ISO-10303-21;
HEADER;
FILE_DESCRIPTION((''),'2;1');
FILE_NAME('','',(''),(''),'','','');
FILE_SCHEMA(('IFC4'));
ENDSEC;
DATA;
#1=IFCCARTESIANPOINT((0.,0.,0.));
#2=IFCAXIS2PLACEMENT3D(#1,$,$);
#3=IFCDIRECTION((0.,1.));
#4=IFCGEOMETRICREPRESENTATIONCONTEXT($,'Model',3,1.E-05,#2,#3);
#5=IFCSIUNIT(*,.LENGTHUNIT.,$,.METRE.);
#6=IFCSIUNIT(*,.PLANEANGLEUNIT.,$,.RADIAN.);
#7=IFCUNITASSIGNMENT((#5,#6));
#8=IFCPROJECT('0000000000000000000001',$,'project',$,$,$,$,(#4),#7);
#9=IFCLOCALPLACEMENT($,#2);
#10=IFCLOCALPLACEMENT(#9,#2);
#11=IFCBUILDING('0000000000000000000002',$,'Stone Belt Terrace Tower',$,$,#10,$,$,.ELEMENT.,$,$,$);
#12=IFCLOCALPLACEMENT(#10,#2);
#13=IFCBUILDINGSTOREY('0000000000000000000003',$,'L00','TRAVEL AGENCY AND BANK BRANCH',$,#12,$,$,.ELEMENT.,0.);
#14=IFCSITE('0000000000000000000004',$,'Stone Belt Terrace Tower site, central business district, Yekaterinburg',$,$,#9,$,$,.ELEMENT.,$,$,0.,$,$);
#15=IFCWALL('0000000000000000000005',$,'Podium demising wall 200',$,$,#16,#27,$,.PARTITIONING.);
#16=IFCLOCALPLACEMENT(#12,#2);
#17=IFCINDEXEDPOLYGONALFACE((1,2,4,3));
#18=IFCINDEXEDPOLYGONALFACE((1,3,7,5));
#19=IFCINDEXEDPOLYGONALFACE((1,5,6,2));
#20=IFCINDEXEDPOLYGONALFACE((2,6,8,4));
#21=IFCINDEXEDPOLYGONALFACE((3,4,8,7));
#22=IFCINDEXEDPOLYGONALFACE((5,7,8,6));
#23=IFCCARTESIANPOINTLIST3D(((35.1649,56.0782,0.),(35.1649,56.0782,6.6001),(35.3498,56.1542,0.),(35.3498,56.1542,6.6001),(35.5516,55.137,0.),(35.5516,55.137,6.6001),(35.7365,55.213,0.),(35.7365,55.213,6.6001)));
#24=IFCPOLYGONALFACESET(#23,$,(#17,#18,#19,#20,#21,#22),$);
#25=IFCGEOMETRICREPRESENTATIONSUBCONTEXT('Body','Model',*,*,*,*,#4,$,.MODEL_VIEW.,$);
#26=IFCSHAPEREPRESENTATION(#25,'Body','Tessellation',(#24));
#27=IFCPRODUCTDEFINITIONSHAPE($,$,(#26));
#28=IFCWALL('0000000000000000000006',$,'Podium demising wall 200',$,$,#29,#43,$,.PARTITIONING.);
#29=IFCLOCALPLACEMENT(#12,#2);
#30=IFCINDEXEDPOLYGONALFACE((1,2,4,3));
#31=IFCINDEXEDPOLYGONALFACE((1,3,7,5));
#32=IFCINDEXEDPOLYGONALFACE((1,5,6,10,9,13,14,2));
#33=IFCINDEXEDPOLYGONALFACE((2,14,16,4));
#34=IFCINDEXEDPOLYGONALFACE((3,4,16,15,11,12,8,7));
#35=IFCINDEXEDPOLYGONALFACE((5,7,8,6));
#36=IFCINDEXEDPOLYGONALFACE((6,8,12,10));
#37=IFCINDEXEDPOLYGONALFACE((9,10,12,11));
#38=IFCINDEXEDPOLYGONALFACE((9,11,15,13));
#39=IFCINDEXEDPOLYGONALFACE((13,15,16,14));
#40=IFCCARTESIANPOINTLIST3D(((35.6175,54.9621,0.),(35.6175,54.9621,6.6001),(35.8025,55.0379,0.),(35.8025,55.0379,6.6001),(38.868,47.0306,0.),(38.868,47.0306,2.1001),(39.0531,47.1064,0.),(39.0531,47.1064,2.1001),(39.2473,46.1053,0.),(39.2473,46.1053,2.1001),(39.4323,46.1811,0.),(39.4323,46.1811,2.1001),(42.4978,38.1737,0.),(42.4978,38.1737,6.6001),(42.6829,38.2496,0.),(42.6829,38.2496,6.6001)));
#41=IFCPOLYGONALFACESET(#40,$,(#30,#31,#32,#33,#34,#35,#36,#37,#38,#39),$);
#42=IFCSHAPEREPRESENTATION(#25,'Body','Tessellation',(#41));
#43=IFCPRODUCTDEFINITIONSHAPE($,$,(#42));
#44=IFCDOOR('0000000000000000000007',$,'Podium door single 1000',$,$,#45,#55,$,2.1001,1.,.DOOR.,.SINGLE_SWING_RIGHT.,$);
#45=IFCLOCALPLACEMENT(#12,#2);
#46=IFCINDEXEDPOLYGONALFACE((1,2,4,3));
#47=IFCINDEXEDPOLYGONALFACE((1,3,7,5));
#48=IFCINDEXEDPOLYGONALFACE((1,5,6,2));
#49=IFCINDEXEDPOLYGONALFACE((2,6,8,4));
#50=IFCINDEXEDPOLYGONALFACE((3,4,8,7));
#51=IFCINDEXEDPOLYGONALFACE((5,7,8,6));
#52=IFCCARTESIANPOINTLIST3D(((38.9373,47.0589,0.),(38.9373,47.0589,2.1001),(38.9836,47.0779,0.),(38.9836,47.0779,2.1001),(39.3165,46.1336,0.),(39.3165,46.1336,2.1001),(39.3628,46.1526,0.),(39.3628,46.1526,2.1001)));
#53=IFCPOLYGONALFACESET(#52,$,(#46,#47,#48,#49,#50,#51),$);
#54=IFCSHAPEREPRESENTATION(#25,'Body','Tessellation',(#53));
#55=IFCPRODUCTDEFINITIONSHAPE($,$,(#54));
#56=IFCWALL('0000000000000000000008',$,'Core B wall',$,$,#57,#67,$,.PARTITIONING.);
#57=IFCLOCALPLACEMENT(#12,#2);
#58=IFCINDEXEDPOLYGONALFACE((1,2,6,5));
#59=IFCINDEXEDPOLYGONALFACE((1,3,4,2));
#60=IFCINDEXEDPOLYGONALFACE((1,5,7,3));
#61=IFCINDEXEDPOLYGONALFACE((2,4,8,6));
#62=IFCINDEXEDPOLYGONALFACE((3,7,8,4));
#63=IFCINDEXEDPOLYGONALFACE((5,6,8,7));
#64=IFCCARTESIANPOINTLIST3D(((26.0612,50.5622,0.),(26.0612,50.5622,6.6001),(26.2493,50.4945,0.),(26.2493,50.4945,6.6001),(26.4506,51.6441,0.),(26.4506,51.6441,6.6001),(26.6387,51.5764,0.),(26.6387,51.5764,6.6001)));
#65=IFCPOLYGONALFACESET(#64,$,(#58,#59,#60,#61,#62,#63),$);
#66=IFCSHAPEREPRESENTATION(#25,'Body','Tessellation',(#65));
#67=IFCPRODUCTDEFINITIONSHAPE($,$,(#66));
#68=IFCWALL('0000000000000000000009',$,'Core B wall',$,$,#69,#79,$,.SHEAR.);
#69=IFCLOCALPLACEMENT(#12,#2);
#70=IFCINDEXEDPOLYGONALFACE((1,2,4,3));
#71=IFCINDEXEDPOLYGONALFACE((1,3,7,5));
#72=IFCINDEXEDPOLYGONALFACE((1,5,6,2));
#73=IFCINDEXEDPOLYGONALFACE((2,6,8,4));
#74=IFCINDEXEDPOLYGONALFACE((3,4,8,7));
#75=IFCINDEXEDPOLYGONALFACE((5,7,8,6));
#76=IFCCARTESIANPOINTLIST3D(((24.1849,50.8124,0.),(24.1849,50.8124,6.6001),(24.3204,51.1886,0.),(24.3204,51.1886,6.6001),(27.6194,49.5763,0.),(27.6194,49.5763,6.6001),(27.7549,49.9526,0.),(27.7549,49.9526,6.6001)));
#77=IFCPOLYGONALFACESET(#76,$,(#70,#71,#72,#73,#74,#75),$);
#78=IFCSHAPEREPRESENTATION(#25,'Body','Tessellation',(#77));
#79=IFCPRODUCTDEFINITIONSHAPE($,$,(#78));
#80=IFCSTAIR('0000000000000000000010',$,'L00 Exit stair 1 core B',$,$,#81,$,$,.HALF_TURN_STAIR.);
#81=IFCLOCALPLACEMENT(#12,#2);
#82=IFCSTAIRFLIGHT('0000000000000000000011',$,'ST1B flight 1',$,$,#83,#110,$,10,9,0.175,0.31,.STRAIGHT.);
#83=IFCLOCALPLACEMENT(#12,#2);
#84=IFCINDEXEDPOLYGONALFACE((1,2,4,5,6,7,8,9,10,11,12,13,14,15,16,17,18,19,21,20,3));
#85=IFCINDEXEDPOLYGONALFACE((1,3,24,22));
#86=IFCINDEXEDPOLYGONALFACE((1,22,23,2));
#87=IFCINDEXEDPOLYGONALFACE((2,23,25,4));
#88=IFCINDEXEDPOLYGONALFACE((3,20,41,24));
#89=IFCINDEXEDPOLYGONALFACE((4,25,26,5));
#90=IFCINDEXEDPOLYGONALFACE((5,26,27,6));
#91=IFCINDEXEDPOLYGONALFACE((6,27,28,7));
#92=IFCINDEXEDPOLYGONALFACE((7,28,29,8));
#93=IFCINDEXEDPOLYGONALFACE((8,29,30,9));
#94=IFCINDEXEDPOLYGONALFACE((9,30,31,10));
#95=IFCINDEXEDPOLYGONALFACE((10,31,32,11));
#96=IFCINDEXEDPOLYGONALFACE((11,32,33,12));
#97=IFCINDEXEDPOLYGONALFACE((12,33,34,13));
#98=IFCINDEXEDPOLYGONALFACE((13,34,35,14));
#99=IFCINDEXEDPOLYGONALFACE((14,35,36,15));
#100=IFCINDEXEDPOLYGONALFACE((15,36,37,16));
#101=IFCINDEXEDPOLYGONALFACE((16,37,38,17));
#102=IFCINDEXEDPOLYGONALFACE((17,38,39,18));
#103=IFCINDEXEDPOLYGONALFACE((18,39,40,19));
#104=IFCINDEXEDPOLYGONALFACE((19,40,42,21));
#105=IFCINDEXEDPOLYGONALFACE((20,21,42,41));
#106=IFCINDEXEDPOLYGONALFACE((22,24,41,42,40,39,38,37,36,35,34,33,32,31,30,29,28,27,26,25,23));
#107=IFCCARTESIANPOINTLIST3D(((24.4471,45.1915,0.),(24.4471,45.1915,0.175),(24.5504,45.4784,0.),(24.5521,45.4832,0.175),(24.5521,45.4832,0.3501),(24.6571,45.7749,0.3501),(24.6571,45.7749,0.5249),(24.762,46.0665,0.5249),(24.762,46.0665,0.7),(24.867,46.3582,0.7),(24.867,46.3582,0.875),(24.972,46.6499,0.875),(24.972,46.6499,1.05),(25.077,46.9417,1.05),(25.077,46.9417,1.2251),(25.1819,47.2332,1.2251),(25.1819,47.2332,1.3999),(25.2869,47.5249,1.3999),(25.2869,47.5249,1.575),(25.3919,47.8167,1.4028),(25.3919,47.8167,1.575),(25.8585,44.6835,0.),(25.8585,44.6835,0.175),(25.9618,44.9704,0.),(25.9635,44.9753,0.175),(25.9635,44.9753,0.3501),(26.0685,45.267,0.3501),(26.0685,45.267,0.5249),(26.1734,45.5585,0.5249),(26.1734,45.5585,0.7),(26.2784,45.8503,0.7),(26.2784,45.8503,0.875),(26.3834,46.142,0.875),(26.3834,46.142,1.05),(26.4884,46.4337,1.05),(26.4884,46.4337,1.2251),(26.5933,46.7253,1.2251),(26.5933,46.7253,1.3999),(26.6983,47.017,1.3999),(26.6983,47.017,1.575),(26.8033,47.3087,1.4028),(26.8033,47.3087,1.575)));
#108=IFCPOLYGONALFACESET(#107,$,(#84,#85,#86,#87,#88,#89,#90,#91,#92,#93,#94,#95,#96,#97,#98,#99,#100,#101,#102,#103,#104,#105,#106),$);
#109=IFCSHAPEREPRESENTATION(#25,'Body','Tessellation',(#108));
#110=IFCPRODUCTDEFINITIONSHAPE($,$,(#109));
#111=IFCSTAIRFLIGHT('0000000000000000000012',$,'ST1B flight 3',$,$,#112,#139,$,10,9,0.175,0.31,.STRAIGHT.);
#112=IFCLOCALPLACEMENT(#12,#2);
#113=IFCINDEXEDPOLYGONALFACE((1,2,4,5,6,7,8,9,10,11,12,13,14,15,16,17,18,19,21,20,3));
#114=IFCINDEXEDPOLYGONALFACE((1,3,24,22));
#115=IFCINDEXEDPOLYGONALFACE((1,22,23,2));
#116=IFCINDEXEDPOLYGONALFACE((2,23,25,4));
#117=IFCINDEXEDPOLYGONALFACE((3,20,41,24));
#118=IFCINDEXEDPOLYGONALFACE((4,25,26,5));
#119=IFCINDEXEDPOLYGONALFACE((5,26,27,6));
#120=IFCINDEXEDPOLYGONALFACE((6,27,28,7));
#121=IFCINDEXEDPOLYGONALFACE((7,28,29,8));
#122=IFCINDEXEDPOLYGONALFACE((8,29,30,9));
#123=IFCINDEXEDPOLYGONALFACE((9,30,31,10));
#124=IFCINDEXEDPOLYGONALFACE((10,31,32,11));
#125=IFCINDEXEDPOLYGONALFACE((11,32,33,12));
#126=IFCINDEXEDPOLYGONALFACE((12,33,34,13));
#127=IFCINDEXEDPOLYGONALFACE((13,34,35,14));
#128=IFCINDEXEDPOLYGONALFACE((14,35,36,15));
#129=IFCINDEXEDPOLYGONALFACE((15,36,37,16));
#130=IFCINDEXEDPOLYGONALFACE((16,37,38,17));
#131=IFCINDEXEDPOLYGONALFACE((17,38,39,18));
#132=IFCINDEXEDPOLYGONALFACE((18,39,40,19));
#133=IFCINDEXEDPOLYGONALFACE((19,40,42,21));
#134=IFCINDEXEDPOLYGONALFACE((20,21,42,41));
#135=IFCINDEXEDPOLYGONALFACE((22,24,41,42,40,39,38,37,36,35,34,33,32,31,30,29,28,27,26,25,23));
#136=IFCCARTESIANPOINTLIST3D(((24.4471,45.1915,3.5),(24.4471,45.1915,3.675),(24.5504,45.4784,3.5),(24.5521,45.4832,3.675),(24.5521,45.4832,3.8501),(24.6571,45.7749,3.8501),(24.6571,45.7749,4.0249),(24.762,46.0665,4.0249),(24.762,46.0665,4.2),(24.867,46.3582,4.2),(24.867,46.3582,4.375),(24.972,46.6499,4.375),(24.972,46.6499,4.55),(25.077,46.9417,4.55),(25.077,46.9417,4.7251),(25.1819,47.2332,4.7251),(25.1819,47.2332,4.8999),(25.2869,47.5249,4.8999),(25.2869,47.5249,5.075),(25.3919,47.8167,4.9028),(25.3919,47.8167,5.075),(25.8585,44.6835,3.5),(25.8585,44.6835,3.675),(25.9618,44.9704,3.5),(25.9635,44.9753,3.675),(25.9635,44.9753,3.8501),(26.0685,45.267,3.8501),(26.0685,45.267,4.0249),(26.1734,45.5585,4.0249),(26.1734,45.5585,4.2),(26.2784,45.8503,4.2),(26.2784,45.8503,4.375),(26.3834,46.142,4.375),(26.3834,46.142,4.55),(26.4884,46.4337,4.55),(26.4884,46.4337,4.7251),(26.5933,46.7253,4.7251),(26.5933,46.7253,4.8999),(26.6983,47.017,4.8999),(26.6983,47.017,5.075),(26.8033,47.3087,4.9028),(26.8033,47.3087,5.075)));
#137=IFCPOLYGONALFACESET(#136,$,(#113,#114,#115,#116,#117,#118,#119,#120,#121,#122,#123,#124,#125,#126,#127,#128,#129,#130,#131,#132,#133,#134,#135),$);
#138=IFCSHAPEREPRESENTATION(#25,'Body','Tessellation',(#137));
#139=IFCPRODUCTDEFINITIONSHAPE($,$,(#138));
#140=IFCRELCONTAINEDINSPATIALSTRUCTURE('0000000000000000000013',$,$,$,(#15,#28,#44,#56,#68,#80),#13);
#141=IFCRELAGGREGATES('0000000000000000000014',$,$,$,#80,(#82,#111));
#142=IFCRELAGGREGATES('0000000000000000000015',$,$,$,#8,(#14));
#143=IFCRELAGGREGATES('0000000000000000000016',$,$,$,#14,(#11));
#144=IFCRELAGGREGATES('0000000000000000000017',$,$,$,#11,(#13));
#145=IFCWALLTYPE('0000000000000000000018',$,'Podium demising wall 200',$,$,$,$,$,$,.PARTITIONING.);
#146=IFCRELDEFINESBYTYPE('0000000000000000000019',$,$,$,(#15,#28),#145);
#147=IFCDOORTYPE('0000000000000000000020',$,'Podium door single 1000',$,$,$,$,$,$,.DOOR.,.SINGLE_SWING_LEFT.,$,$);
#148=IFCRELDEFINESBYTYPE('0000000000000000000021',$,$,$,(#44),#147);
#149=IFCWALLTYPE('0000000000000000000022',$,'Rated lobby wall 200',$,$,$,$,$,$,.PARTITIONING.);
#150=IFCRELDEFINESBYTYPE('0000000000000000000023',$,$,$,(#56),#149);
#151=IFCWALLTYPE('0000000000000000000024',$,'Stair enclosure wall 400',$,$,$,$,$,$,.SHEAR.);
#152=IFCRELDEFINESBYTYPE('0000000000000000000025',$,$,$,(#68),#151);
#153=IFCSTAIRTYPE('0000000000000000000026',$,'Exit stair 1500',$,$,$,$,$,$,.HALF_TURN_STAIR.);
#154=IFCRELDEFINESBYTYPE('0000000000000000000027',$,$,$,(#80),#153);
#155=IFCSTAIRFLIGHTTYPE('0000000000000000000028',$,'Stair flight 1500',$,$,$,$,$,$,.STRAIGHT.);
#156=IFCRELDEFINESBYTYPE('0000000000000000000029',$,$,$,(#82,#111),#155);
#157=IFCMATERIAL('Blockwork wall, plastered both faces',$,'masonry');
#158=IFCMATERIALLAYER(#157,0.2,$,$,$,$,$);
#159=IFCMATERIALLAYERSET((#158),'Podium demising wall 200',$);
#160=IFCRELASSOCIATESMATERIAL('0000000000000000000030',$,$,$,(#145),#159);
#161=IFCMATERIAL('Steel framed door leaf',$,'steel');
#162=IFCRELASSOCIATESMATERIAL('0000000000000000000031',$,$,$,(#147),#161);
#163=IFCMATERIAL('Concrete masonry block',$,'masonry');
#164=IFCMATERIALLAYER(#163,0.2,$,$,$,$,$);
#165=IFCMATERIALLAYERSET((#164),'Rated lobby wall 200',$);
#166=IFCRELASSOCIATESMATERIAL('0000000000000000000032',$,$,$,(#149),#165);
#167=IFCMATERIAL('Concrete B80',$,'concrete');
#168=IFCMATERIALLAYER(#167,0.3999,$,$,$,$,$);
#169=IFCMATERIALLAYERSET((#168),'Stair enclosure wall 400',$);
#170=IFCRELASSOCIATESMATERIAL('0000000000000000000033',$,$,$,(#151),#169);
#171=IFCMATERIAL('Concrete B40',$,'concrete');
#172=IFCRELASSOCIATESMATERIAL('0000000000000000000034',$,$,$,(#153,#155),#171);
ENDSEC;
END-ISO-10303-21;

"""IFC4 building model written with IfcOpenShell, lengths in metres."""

from ifc_helpers import new_model, si_unit, direction, frame, frame_2d, origin, place, context, subcontext, project, spatial, polyline, rectangle, outline, extrude, material, layer, layer_set, type_object, element, fill, aggregate, save


model = new_model("IFC4")

# Units and contexts
model_context = context("Model", 3, precision=1e-05, world=origin(), true_north=direction((0.0, 1.0)))
body_context = subcontext(model_context, "Body", "Model", "MODEL_VIEW")
ifc_project = project(units=[si_unit("LENGTHUNIT", "METRE"), si_unit("PLANEANGLEUNIT", "RADIAN")], contexts=[model_context])

# Site, building, storey
site_placement = place(None, origin())
site = spatial("IfcSite", under=ifc_project, at=site_placement, Name="Stone Belt Terrace Tower site, central business district, Yekaterinburg", CompositionType="ELEMENT", RefElevation=0.0)
building_placement = place(site_placement, origin())
building = spatial("IfcBuilding", under=site, at=building_placement, Name="Stone Belt Terrace Tower", CompositionType="ELEMENT")
storey_placement = place(building_placement, origin())
storey = spatial("IfcBuildingStorey", under=building, at=storey_placement, Name="L00", Description="TRAVEL AGENCY AND BANK BRANCH", CompositionType="ELEMENT", Elevation=0.0)

# Shared definitions
ifc_material_1 = material(Name="Concrete B80", Category="concrete")

# Shared definitions
ifc_material_2 = material(Name="Blockwork wall, plastered both faces", Category="masonry")
ifc_layer_1 = layer(ifc_material_2, 0.2)
ifc_layer_set_1 = layer_set([ifc_layer_1], Name="Podium demising wall 200")
wall_type_1 = type_object("IfcWallType", Name="Podium demising wall 200", PredefinedType="PARTITIONING", material=ifc_layer_set_1)
ifc_material_3 = material(Name="Steel framed door leaf", Category="steel")
door_type_1 = type_object("IfcDoorType", Name="Podium door single 1000", OperationType="SINGLE_SWING_LEFT", PredefinedType="DOOR", material=ifc_material_3)

# Wall
wall_1_placement = place(storey_placement, frame((35.2573, 56.1162, 0.0), z_axis=(0.0, 0.0, 1.0), x_axis=(0.380062, -0.924961, 0.0)))
element("IfcWall", 1, at=wall_1_placement, inside=storey, type_object=wall_type_1, Name="Podium demising wall 200", PredefinedType="PARTITIONING", context=body_context, shape_type="SweptSolid", body=[
    extrude(rectangle(XDim=1.0176, YDim=0.2, at=frame_2d((0.5088, 0.0))), origin(), (0.0, 0.0, 1.0), 6.6001),
])

# Wall, opening, door
wall_2_placement = place(storey_placement, frame((35.71, 55.0, 0.0), z_axis=(0.0, 0.0, 1.0), x_axis=(0.379219, -0.925307, 0.0)))
wall_2 = element("IfcWall", 2, at=wall_2_placement, inside=storey, type_object=wall_type_1, Name="Podium demising wall 200", PredefinedType="PARTITIONING", context=body_context, shape_type="SweptSolid", body=[
    extrude(rectangle(XDim=18.1436, YDim=0.2, at=frame_2d((9.0718, 0.0))), origin(), (0.0, 0.0, 1.0), 6.6001),
])
opening_1_placement = place(wall_2_placement, frame((8.5718, 0.0, 0.0)))
opening_1 = element("IfcOpeningElement", 3, at=opening_1_placement, cuts=wall_2, PredefinedType="OPENING", context=body_context, shape_type="SweptSolid", body=[
    extrude(rectangle(XDim=1.0, YDim=2.1001, at=frame_2d((0.5, 1.05))), frame((0.0, 0.1099, 0.0), z_axis=(0.0, -1.0, 0.0), x_axis=(1.0, 0.0, 0.0)), (0.0, 0.0, 1.0), 0.22),
])
door_1_placement = place(opening_1_placement, origin())
door_1 = element("IfcDoor", 4, at=door_1_placement, inside=storey, type_object=door_type_1, Name="Podium door single 1000", OperationType="SINGLE_SWING_RIGHT", OverallHeight=2.1001, OverallWidth=1.0, PredefinedType="DOOR", context=body_context, shape_type="SweptSolid", body=[
    extrude(rectangle(XDim=1.0, YDim=2.1001, at=frame_2d((0.5, 1.05))), frame((0.0, 0.0249, 0.0), z_axis=(0.0, -1.0, 0.0), x_axis=(1.0, 0.0, 0.0)), (0.0, 0.0, 1.0), 0.05),
])
fill(opening_1, door_1)

# Walls
ifc_material_4 = material(Name="Concrete masonry block", Category="masonry")
ifc_layer_2 = layer(ifc_material_4, 0.2)
ifc_layer_set_2 = layer_set([ifc_layer_2], Name="Rated lobby wall 200")
wall_type_2 = type_object("IfcWallType", Name="Rated lobby wall 200", PredefinedType="PARTITIONING", material=ifc_layer_set_2)
wall_3_placement = place(storey_placement, frame((26.1553, 50.5283, 0.0), z_axis=(0.0, 0.0, 1.0), x_axis=(0.338622, 0.940923, 0.0)))
element("IfcWall", 5, at=wall_3_placement, inside=storey, type_object=wall_type_2, Name="Core B wall", PredefinedType="PARTITIONING", context=body_context, shape_type="SweptSolid", body=[
    extrude(rectangle(XDim=1.1499, YDim=0.2, at=frame_2d((0.575, 0.0))), origin(), (0.0, 0.0, 1.0), 6.6001),
])
ifc_layer_3 = layer(ifc_material_1, 0.3999)
ifc_layer_set_3 = layer_set([ifc_layer_3], Name="Stair enclosure wall 400")
wall_type_3 = type_object("IfcWallType", Name="Stair enclosure wall 400", PredefinedType="SHEAR", material=ifc_layer_set_3)
wall_4_placement = place(storey_placement, frame((27.6873, 49.7644, 0.0), z_axis=(0.0, 0.0, 1.0), x_axis=(-0.940919, 0.338632, 0.0)))
element("IfcWall", 6, at=wall_4_placement, inside=storey, type_object=wall_type_3, Name="Core B wall", PredefinedType="SHEAR", context=body_context, shape_type="SweptSolid", body=[
    extrude(rectangle(XDim=3.6501, YDim=0.3999, at=frame_2d((1.8252, 0.0))), origin(), (0.0, 0.0, 1.0), 6.6001),
])

# Stair, stair flights
ifc_material_5 = material(Name="Concrete B40", Category="concrete")
stair_type = type_object("IfcStairType", Name="Exit stair 1500", PredefinedType="HALF_TURN_STAIR", material=ifc_material_5)
stair_placement = place(storey_placement, origin())
stair = element("IfcStair", 7, at=stair_placement, inside=storey, type_object=stair_type, Name="L00 Exit stair 1 core B", PredefinedType="HALF_TURN_STAIR")
stair_flight_type = type_object("IfcStairFlightType", Name="Stair flight 1500", PredefinedType="STRAIGHT", material=ifc_material_5)
stair_flight_1_placement = place(storey_placement, frame((25.1528, 44.9375, 0.0), z_axis=(0.0, 0.0, 1.0), x_axis=(0.338624, 0.940922, 0.0)))
stair_flight_1 = element("IfcStairFlight", 8, at=stair_flight_1_placement, type_object=stair_flight_type, Name="ST1B flight 1", NumberOfRisers=10, NumberOfTreads=9, PredefinedType="STRAIGHT", RiserHeight=0.175, TreadLength=0.31, context=body_context, shape_type="SweptSolid", body=[
    extrude(outline(polyline([(0.0, 0.0), (0.0, 0.175), (0.3101, 0.175), (0.3101, 0.3501), (0.6201, 0.3501), (0.6201, 0.5249), (0.9299, 0.5249), (0.9299, 0.7), (1.24, 0.7), (1.24, 0.875), (1.55, 0.875), (1.55, 1.05), (1.8601, 1.05), (1.8601, 1.2251), (2.1699, 1.2251), (2.1699, 1.3999), (2.48, 1.3999), (2.48, 1.575), (2.79, 1.575), (2.79, 1.75), (2.79, 1.4028), (0.3049, 0.0), (0.0, 0.0)])), frame((0.0, 0.75, 0.0), z_axis=(0.0, -1.0, 0.0), x_axis=(1.0, 0.0, 0.0)), (0.0, 0.0, 1.0), 1.5),
])
stair_flight_2_placement = place(storey_placement, frame((25.1528, 44.9375, 3.5), z_axis=(0.0, 0.0, 1.0), x_axis=(0.338624, 0.940922, 0.0)))
stair_flight_2 = element("IfcStairFlight", 9, at=stair_flight_2_placement, type_object=stair_flight_type, Name="ST1B flight 3", NumberOfRisers=10, NumberOfTreads=9, PredefinedType="STRAIGHT", RiserHeight=0.175, TreadLength=0.31, context=body_context, shape_type="SweptSolid", body=[
    extrude(outline(polyline([(0.0, 0.0), (0.0, 0.175), (0.3101, 0.175), (0.3101, 0.3501), (0.6201, 0.3501), (0.6201, 0.5249), (0.9299, 0.5249), (0.9299, 0.7), (1.24, 0.7), (1.24, 0.875), (1.55, 0.875), (1.55, 1.05), (1.8601, 1.05), (1.8601, 1.2251), (2.1699, 1.2251), (2.1699, 1.3999), (2.48, 1.3999), (2.48, 1.575), (2.79, 1.575), (2.79, 1.75), (2.79, 1.4028), (0.3049, 0.0), (0.0, 0.0)])), frame((0.0, 0.75, 0.0), z_axis=(0.0, -1.0, 0.0), x_axis=(1.0, 0.0, 0.0)), (0.0, 0.0, 1.0), 1.5),
])
aggregate(stair, [stair_flight_1, stair_flight_2])

save(model, "model.ifc")
